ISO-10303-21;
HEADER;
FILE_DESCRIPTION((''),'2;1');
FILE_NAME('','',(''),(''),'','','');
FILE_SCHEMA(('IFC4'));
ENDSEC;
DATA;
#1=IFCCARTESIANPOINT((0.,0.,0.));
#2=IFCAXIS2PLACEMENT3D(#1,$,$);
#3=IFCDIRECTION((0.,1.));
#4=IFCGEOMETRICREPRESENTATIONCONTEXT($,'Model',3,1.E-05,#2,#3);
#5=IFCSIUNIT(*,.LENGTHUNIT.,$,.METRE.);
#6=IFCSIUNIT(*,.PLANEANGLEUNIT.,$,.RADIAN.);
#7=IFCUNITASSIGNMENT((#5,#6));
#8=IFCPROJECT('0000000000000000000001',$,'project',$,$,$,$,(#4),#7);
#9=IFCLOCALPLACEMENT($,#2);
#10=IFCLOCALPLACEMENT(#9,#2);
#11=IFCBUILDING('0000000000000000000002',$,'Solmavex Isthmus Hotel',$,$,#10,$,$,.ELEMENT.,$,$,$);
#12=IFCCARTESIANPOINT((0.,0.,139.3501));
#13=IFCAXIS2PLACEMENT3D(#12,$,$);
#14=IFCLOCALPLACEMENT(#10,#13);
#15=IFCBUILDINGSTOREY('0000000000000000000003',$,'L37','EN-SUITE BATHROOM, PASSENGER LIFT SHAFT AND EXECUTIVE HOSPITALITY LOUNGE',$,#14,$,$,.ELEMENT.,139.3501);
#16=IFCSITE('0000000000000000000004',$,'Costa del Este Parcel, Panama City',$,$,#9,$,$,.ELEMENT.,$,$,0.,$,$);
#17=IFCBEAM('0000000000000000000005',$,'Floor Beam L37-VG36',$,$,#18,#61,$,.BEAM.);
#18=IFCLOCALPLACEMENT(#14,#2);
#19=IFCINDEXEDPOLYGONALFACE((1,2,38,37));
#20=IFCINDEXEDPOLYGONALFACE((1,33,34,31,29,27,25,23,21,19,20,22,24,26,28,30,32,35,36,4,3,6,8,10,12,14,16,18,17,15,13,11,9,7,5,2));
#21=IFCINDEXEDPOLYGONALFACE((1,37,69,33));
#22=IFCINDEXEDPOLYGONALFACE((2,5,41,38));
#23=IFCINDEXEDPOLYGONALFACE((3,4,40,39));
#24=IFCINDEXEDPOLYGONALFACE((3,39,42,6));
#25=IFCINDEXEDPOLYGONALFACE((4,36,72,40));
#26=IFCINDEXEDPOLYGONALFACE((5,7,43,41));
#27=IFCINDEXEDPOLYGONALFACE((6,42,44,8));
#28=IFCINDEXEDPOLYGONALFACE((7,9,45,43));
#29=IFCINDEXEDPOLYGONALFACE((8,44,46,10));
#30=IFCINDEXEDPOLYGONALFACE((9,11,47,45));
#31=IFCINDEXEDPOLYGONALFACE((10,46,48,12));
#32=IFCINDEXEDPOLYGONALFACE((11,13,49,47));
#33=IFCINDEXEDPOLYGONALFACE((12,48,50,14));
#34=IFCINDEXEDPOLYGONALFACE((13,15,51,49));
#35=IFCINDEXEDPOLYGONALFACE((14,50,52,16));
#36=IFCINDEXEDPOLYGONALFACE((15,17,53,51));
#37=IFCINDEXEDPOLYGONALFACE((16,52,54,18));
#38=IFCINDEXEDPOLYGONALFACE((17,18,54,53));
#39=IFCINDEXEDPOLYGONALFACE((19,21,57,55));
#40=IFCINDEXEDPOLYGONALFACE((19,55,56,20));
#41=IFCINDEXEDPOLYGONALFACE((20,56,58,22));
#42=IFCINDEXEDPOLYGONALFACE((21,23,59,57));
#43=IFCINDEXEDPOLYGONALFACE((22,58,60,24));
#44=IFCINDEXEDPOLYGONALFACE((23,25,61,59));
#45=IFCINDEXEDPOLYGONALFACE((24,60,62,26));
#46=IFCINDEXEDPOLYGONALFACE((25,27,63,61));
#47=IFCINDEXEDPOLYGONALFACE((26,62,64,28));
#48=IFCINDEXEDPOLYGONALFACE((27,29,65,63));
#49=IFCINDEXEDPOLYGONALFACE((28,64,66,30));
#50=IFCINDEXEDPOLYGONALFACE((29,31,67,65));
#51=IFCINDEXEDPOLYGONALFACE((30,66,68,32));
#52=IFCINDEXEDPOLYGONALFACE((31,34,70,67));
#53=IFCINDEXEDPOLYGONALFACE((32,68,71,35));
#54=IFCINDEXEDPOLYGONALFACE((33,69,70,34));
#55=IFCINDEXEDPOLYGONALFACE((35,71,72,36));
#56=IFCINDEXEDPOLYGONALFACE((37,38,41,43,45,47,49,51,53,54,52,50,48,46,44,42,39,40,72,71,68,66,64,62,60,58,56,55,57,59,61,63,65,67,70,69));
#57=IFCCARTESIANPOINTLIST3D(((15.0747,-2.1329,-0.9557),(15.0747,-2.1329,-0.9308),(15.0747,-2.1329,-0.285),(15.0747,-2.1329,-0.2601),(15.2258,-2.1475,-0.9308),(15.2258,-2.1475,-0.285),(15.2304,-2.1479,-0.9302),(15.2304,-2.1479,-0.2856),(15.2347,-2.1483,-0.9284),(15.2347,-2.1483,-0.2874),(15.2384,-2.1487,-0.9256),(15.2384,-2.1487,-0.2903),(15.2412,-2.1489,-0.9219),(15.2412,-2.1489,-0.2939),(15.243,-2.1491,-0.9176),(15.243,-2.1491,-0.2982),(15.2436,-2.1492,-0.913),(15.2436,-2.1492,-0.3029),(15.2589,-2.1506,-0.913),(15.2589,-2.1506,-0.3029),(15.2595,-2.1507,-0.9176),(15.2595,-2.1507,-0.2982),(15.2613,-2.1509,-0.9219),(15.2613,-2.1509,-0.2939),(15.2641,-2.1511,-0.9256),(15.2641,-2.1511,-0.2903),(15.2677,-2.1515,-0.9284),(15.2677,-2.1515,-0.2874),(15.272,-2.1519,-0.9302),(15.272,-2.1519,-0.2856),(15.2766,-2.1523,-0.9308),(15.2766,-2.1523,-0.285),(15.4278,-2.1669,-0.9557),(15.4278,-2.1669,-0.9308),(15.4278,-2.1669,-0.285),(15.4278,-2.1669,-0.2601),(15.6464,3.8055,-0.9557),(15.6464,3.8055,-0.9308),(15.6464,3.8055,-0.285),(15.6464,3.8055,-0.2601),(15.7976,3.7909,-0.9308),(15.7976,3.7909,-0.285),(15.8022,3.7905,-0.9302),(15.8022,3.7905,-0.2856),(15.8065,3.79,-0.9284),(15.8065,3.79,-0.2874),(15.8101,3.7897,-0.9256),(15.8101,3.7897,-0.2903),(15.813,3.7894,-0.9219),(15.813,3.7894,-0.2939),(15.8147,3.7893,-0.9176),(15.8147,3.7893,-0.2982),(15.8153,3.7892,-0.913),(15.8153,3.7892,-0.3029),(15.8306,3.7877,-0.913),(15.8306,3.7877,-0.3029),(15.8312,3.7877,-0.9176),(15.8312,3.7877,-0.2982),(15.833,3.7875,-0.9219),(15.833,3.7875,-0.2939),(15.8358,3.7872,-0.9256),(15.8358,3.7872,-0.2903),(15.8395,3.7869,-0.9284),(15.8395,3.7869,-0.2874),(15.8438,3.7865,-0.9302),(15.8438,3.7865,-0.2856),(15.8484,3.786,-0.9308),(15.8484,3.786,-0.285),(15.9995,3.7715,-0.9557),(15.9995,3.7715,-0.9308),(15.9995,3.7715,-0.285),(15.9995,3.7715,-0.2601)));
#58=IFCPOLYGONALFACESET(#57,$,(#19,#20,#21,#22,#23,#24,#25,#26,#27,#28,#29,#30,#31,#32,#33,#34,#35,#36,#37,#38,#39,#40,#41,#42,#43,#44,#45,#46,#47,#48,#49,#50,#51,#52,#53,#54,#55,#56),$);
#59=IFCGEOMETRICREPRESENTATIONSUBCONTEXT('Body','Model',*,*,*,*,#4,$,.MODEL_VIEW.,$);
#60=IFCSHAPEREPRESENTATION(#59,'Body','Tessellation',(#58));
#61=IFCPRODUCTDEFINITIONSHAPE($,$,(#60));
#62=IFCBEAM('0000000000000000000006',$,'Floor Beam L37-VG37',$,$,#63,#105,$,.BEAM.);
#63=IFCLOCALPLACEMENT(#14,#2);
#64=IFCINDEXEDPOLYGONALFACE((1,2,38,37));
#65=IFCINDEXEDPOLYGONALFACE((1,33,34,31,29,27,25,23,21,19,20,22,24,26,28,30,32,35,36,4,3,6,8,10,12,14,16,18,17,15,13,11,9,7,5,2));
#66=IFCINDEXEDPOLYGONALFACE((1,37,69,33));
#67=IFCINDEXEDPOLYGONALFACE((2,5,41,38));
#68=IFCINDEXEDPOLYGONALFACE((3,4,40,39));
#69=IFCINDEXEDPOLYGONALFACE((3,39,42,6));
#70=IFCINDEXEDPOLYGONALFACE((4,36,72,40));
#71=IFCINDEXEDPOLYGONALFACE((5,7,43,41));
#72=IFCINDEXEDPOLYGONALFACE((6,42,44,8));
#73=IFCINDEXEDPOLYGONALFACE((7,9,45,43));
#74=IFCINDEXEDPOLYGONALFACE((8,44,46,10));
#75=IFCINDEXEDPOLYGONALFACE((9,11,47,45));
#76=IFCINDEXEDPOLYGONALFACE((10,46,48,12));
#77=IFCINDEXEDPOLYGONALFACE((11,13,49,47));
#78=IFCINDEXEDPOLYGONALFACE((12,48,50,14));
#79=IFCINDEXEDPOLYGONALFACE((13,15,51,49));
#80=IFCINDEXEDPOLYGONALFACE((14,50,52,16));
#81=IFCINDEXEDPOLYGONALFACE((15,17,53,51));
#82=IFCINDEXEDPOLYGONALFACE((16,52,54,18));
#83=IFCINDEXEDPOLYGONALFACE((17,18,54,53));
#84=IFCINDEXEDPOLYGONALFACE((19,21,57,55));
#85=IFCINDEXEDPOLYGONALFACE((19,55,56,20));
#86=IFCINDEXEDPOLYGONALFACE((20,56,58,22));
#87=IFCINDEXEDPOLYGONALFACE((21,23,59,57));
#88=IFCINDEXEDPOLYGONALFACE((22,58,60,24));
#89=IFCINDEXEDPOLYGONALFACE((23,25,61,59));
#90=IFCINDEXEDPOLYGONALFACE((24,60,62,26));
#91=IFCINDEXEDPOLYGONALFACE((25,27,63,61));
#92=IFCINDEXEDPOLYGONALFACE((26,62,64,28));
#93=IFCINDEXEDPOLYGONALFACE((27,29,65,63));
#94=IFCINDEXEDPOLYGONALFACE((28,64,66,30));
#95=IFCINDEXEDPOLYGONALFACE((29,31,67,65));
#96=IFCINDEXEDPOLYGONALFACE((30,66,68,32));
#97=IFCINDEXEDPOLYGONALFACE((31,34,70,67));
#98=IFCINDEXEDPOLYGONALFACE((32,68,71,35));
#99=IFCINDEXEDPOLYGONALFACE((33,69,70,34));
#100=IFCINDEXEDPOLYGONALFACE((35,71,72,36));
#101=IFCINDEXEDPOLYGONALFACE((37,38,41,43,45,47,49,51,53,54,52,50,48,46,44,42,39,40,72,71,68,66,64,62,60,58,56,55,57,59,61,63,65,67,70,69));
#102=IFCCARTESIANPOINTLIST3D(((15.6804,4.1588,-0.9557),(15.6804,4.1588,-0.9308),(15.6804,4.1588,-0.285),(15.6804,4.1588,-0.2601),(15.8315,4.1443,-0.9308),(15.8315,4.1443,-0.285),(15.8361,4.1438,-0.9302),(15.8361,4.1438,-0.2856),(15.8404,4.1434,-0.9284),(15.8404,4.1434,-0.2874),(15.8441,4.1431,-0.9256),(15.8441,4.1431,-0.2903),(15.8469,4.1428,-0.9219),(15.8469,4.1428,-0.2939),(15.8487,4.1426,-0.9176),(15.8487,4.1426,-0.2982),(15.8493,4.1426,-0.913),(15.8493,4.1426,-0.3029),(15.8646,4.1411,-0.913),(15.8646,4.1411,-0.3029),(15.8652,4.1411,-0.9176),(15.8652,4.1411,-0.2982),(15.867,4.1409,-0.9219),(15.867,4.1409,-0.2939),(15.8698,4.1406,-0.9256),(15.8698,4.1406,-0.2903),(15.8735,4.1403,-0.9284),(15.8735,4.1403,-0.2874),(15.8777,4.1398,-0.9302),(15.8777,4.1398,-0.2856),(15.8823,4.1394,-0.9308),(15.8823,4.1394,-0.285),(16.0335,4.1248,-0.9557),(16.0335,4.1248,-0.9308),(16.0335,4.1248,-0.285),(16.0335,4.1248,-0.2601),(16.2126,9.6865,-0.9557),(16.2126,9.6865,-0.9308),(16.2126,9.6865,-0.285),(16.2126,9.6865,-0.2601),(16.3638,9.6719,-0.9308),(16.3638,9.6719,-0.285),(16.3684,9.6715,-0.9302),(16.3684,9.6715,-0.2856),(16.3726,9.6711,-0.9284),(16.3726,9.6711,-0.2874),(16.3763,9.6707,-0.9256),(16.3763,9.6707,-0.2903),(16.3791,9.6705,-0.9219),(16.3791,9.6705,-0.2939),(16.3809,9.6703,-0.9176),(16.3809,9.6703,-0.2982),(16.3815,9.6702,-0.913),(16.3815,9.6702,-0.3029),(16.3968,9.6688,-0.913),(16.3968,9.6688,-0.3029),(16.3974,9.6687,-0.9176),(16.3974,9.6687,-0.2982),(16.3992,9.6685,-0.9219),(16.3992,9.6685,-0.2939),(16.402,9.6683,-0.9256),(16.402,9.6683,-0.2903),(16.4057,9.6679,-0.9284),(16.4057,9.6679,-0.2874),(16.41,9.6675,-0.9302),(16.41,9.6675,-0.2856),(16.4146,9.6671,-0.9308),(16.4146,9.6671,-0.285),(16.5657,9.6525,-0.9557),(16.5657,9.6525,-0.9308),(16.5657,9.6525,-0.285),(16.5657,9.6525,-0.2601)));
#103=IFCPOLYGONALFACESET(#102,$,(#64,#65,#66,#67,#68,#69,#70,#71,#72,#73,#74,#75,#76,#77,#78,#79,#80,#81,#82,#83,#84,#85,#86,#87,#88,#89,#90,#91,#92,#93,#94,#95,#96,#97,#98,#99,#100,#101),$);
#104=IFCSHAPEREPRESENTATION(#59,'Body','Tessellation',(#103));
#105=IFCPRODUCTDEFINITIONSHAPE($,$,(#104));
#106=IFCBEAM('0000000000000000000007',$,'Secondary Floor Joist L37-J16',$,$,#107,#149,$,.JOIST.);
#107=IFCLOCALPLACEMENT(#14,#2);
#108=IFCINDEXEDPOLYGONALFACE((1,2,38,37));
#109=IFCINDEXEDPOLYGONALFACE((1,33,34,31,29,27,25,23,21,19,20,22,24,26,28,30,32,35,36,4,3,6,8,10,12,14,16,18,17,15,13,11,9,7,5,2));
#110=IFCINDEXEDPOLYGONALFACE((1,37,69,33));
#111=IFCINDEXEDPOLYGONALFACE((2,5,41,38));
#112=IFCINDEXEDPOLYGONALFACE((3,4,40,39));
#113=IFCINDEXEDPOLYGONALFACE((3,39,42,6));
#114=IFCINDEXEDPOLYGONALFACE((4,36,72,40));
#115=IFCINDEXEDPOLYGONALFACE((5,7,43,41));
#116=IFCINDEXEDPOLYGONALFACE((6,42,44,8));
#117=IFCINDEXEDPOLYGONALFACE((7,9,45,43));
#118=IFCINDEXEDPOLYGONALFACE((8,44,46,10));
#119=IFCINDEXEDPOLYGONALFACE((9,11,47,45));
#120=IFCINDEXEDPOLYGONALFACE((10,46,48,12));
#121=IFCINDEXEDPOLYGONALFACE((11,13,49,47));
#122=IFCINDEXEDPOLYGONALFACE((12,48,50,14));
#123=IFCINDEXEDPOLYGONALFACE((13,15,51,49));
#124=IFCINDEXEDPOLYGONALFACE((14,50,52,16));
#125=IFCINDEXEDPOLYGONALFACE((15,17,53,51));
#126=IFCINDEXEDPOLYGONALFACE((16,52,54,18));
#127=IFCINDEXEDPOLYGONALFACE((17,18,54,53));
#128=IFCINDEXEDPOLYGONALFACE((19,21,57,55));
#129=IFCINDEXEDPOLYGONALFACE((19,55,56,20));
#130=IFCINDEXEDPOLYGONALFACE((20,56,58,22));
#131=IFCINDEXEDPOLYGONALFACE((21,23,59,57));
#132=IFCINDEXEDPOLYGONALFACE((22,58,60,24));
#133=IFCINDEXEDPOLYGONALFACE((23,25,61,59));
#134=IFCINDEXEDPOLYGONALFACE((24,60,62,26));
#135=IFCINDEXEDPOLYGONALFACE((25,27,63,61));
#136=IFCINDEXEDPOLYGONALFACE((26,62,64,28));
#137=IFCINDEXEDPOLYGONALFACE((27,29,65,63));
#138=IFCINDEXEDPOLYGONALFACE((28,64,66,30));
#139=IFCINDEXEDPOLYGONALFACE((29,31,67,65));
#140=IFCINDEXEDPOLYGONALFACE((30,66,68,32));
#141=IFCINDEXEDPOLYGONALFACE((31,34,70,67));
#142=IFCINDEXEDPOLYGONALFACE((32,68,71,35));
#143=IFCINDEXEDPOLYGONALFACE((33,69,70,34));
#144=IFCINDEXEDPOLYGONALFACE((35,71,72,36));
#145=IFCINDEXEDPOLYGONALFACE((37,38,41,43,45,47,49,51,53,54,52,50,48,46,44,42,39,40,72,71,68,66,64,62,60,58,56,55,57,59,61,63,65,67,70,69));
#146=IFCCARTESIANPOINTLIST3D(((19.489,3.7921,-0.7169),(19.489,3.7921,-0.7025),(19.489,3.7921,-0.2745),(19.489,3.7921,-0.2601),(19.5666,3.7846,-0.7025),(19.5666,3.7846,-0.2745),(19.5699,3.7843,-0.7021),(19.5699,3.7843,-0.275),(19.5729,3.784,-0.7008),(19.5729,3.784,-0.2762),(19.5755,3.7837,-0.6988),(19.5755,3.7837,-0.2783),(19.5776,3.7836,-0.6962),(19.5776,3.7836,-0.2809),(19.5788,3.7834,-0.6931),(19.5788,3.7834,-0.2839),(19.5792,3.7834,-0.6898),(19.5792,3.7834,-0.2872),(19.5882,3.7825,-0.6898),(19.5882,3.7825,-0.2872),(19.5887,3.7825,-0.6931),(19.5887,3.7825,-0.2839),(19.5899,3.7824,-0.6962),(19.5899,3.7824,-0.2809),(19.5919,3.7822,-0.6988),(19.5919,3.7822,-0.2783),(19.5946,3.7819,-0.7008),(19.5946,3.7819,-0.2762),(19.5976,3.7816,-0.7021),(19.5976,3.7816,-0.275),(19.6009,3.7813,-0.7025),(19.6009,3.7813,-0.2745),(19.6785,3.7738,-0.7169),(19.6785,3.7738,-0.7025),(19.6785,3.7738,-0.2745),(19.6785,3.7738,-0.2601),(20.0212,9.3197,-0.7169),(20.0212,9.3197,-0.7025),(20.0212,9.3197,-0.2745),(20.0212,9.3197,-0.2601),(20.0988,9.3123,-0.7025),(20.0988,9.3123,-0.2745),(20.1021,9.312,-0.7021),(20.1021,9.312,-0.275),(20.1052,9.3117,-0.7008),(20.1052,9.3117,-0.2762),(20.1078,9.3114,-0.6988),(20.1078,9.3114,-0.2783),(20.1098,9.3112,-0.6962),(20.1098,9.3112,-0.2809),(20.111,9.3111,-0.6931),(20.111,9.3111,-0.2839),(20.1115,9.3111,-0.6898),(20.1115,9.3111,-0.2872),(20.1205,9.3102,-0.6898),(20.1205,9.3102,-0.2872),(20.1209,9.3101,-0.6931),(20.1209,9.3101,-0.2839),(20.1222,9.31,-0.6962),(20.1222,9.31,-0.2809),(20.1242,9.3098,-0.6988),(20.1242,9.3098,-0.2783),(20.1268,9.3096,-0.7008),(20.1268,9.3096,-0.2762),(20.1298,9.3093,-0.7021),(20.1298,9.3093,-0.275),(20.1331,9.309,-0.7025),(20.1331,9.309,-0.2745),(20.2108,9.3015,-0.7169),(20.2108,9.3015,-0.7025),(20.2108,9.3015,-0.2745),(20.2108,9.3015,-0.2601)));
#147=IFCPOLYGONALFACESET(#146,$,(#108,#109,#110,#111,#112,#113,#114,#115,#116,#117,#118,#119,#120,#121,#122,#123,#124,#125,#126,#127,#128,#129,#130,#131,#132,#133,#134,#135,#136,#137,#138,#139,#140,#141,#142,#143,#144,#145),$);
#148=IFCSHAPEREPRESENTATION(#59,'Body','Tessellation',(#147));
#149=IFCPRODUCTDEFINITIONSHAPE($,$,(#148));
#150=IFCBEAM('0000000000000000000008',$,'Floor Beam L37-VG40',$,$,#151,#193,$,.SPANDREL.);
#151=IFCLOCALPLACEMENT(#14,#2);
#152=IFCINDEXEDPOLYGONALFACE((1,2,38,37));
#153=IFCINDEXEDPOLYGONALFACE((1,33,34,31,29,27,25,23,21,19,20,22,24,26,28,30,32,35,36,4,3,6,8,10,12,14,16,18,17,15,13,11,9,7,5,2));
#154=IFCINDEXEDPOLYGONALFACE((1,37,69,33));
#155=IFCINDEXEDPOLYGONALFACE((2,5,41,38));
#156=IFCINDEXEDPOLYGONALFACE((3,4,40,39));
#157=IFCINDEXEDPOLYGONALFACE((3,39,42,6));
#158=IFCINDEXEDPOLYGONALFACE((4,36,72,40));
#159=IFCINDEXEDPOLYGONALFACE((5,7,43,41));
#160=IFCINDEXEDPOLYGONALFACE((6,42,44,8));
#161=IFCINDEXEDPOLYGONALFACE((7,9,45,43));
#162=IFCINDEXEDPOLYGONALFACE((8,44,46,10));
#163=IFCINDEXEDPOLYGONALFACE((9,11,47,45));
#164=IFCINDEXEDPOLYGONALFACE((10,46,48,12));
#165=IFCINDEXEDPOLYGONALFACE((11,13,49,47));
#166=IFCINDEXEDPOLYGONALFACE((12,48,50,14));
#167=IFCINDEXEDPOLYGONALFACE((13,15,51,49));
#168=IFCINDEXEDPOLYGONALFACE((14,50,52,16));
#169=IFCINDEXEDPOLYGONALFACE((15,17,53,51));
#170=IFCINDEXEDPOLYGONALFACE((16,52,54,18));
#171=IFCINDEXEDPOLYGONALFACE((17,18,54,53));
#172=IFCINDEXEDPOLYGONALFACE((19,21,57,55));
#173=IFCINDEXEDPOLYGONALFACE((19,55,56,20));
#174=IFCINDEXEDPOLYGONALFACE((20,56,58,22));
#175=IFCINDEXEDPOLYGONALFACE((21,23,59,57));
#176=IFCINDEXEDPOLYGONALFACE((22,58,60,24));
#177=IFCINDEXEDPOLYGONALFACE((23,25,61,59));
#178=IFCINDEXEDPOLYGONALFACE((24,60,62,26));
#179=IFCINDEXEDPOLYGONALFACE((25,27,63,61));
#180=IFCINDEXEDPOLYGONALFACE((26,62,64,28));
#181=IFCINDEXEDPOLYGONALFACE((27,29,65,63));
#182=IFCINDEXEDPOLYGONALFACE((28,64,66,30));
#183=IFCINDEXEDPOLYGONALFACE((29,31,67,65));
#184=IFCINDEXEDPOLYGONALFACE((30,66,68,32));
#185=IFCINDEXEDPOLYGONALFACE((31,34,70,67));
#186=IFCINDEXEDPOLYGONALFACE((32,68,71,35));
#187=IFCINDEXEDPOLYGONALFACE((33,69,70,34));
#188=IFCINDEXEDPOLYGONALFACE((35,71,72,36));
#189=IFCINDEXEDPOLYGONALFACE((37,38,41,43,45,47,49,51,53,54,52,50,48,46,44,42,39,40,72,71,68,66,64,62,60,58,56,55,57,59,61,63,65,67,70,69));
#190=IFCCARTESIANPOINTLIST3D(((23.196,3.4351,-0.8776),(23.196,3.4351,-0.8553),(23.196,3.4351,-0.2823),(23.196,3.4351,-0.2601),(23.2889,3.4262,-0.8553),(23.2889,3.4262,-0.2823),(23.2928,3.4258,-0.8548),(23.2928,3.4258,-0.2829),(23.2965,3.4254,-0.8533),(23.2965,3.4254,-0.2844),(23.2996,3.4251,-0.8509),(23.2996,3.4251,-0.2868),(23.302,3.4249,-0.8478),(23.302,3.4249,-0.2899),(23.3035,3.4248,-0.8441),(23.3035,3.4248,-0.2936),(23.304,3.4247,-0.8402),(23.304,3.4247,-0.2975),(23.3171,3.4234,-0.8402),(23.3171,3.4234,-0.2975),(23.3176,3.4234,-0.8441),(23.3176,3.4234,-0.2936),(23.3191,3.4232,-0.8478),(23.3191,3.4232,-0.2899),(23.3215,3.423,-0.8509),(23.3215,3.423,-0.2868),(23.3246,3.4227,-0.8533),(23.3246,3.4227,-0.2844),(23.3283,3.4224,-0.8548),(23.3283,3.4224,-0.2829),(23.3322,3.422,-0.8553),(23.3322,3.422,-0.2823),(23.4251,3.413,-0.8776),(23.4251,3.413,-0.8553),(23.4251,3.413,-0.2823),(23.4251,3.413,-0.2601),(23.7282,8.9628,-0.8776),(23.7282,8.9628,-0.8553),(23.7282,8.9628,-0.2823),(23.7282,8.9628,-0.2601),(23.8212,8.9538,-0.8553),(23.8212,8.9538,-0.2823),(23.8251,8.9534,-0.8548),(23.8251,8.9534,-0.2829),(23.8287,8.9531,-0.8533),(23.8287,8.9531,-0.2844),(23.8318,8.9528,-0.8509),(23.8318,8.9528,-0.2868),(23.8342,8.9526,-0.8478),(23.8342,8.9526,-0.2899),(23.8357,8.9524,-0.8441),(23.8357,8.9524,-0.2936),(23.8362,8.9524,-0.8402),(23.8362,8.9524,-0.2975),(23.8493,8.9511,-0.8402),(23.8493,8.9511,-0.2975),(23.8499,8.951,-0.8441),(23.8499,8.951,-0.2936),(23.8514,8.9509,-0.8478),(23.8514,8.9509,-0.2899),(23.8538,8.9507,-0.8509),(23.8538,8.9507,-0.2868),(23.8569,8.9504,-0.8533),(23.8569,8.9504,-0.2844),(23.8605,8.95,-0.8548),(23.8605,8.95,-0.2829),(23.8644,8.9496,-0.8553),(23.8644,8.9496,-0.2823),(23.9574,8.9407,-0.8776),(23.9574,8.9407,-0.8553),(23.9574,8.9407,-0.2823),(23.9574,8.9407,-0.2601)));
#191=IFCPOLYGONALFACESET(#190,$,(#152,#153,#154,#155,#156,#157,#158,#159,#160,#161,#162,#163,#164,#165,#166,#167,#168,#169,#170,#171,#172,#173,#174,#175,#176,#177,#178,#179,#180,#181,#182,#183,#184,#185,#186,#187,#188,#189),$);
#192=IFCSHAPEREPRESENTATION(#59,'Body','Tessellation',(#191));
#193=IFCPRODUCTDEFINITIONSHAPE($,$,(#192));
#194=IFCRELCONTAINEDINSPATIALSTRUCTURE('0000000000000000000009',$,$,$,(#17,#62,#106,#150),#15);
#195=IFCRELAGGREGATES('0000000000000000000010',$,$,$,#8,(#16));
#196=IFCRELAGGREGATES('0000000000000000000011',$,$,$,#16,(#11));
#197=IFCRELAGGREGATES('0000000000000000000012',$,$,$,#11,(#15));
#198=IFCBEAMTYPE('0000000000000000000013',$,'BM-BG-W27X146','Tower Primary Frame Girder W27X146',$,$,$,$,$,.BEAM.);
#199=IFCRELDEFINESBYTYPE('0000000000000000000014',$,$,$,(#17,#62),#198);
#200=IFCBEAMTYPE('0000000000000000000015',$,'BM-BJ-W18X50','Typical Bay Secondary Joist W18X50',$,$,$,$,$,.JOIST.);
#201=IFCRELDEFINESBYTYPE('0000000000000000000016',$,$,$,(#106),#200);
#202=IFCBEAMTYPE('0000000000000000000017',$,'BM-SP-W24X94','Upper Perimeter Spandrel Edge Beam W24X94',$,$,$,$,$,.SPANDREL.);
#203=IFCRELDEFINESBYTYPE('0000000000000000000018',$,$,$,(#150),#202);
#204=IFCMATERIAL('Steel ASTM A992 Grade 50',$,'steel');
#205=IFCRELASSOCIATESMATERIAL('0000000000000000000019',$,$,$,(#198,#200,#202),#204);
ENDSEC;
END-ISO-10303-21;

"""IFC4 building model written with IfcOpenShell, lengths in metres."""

from ifc_helpers import new_model, si_unit, direction, frame, origin, origin_2d, place, context, subcontext, project, spatial, i_section, extrude, material, material_profile, profile_set, type_object, element, save


model = new_model("IFC4")

# Units and contexts
model_context = context("Model", 3, precision=1e-05, world=origin(), true_north=direction((0.0, 1.0)))
body_context = subcontext(model_context, "Body", "Model", "MODEL_VIEW")
ifc_project = project(units=[si_unit("LENGTHUNIT", "METRE"), si_unit("PLANEANGLEUNIT", "RADIAN")], contexts=[model_context])

# Site, building, storey
site_placement = place(None, origin())
site = spatial("IfcSite", under=ifc_project, at=site_placement, Name="Costa del Este Parcel, Panama City", CompositionType="ELEMENT", RefElevation=0.0)
building_placement = place(site_placement, origin())
building = spatial("IfcBuilding", under=site, at=building_placement, Name="Solmavex Isthmus Hotel", CompositionType="ELEMENT")
storey_placement = place(building_placement, frame((0.0, 0.0, 139.3501)))
storey = spatial("IfcBuildingStorey", under=building, at=storey_placement, Name="L37", Description="EN-SUITE BATHROOM, PASSENGER LIFT SHAFT AND EXECUTIVE HOSPITALITY LOUNGE", CompositionType="ELEMENT", Elevation=139.3501)

# Beams
ifc_material_1 = material(Name="Steel ASTM A992 Grade 50", Category="steel")
ifc_material_profile_1 = material_profile(ifc_material_1, i_section(OverallWidth=0.3547, OverallDepth=0.6956, WebThickness=0.0154, FlangeThickness=0.0249, FilletRadius=0.0178, at=origin_2d()), Name="W27X146")
ifc_profile_set_1 = profile_set([ifc_material_profile_1], Name="Steel ASTM A992 Grade 50")
beam_type_1 = type_object("IfcBeamType", Name="BM-BG-W27X146", Description="Tower Primary Frame Girder W27X146", PredefinedType="BEAM", material=ifc_profile_set_1)
beam_1_placement = place(storey_placement, frame((15.2512, -2.1499, -0.6079), z_axis=(0.09584, 0.995397, 0.0), x_axis=(-0.995397, 0.09584, 0.0)))
element("IfcBeam", 1, at=beam_1_placement, inside=storey, type_object=beam_type_1, Name="Floor Beam L37-VG36", PredefinedType="BEAM", context=body_context, shape_type="SweptSolid", body=[
    extrude(i_section(OverallWidth=0.3547, OverallDepth=0.6956, WebThickness=0.0154, FlangeThickness=0.0249, FilletRadius=0.0178, at=origin_2d()), origin(), (0.0, 0.0, 1.0), 5.9658),
])
beam_2_placement = place(storey_placement, frame((15.8569, 4.1418, -0.6079), z_axis=(0.095842, 0.995397, 0.0), x_axis=(-0.995397, 0.095842, 0.0)))
element("IfcBeam", 2, at=beam_2_placement, inside=storey, type_object=beam_type_1, Name="Floor Beam L37-VG37", PredefinedType="BEAM", context=body_context, shape_type="SweptSolid", body=[
    extrude(i_section(OverallWidth=0.3547, OverallDepth=0.6956, WebThickness=0.0154, FlangeThickness=0.0249, FilletRadius=0.0178, at=origin_2d()), origin(), (0.0, 0.0, 1.0), 5.5532),
])
ifc_material_profile_2 = material_profile(ifc_material_1, i_section(OverallWidth=0.1904, OverallDepth=0.4568, WebThickness=0.009, FlangeThickness=0.0144, FilletRadius=0.0127, at=origin_2d()), Name="W18X50")
ifc_profile_set_2 = profile_set([ifc_material_profile_2], Name="Steel ASTM A992 Grade 50")
beam_type_2 = type_object("IfcBeamType", Name="BM-BJ-W18X50", Description="Typical Bay Secondary Joist W18X50", PredefinedType="JOIST", material=ifc_profile_set_2)
beam_3_placement = place(storey_placement, frame((19.5837, 3.783, -0.4885), z_axis=(0.095842, 0.995397, 0.0), x_axis=(-0.995397, 0.095842, 0.0)))
element("IfcBeam", 3, at=beam_3_placement, inside=storey, type_object=beam_type_2, Name="Secondary Floor Joist L37-J16", PredefinedType="JOIST", context=body_context, shape_type="SweptSolid", body=[
    extrude(i_section(OverallWidth=0.1904, OverallDepth=0.4568, WebThickness=0.009, FlangeThickness=0.0144, FilletRadius=0.0127, at=origin_2d()), origin(), (0.0, 0.0, 1.0), 5.5532),
])
ifc_material_profile_3 = material_profile(ifc_material_1, i_section(OverallWidth=0.2302, OverallDepth=0.6174, WebThickness=0.0132, FlangeThickness=0.0222, FilletRadius=0.0151, at=origin_2d()), Name="W24X94")
ifc_profile_set_3 = profile_set([ifc_material_profile_3], Name="Steel ASTM A992 Grade 50")
beam_type_3 = type_object("IfcBeamType", Name="BM-SP-W24X94", Description="Upper Perimeter Spandrel Edge Beam W24X94", PredefinedType="SPANDREL", material=ifc_profile_set_3)
beam_4_placement = place(storey_placement, frame((23.3105, 3.4241, -0.5688), z_axis=(0.095842, 0.995397, 0.0), x_axis=(-0.995397, 0.095842, 0.0)))
element("IfcBeam", 4, at=beam_4_placement, inside=storey, type_object=beam_type_3, Name="Floor Beam L37-VG40", PredefinedType="SPANDREL", context=body_context, shape_type="SweptSolid", body=[
    extrude(i_section(OverallWidth=0.2302, OverallDepth=0.6174, WebThickness=0.0132, FlangeThickness=0.0222, FilletRadius=0.0151, at=origin_2d()), origin(), (0.0, 0.0, 1.0), 5.5532),
])

save(model, "model.ifc")
